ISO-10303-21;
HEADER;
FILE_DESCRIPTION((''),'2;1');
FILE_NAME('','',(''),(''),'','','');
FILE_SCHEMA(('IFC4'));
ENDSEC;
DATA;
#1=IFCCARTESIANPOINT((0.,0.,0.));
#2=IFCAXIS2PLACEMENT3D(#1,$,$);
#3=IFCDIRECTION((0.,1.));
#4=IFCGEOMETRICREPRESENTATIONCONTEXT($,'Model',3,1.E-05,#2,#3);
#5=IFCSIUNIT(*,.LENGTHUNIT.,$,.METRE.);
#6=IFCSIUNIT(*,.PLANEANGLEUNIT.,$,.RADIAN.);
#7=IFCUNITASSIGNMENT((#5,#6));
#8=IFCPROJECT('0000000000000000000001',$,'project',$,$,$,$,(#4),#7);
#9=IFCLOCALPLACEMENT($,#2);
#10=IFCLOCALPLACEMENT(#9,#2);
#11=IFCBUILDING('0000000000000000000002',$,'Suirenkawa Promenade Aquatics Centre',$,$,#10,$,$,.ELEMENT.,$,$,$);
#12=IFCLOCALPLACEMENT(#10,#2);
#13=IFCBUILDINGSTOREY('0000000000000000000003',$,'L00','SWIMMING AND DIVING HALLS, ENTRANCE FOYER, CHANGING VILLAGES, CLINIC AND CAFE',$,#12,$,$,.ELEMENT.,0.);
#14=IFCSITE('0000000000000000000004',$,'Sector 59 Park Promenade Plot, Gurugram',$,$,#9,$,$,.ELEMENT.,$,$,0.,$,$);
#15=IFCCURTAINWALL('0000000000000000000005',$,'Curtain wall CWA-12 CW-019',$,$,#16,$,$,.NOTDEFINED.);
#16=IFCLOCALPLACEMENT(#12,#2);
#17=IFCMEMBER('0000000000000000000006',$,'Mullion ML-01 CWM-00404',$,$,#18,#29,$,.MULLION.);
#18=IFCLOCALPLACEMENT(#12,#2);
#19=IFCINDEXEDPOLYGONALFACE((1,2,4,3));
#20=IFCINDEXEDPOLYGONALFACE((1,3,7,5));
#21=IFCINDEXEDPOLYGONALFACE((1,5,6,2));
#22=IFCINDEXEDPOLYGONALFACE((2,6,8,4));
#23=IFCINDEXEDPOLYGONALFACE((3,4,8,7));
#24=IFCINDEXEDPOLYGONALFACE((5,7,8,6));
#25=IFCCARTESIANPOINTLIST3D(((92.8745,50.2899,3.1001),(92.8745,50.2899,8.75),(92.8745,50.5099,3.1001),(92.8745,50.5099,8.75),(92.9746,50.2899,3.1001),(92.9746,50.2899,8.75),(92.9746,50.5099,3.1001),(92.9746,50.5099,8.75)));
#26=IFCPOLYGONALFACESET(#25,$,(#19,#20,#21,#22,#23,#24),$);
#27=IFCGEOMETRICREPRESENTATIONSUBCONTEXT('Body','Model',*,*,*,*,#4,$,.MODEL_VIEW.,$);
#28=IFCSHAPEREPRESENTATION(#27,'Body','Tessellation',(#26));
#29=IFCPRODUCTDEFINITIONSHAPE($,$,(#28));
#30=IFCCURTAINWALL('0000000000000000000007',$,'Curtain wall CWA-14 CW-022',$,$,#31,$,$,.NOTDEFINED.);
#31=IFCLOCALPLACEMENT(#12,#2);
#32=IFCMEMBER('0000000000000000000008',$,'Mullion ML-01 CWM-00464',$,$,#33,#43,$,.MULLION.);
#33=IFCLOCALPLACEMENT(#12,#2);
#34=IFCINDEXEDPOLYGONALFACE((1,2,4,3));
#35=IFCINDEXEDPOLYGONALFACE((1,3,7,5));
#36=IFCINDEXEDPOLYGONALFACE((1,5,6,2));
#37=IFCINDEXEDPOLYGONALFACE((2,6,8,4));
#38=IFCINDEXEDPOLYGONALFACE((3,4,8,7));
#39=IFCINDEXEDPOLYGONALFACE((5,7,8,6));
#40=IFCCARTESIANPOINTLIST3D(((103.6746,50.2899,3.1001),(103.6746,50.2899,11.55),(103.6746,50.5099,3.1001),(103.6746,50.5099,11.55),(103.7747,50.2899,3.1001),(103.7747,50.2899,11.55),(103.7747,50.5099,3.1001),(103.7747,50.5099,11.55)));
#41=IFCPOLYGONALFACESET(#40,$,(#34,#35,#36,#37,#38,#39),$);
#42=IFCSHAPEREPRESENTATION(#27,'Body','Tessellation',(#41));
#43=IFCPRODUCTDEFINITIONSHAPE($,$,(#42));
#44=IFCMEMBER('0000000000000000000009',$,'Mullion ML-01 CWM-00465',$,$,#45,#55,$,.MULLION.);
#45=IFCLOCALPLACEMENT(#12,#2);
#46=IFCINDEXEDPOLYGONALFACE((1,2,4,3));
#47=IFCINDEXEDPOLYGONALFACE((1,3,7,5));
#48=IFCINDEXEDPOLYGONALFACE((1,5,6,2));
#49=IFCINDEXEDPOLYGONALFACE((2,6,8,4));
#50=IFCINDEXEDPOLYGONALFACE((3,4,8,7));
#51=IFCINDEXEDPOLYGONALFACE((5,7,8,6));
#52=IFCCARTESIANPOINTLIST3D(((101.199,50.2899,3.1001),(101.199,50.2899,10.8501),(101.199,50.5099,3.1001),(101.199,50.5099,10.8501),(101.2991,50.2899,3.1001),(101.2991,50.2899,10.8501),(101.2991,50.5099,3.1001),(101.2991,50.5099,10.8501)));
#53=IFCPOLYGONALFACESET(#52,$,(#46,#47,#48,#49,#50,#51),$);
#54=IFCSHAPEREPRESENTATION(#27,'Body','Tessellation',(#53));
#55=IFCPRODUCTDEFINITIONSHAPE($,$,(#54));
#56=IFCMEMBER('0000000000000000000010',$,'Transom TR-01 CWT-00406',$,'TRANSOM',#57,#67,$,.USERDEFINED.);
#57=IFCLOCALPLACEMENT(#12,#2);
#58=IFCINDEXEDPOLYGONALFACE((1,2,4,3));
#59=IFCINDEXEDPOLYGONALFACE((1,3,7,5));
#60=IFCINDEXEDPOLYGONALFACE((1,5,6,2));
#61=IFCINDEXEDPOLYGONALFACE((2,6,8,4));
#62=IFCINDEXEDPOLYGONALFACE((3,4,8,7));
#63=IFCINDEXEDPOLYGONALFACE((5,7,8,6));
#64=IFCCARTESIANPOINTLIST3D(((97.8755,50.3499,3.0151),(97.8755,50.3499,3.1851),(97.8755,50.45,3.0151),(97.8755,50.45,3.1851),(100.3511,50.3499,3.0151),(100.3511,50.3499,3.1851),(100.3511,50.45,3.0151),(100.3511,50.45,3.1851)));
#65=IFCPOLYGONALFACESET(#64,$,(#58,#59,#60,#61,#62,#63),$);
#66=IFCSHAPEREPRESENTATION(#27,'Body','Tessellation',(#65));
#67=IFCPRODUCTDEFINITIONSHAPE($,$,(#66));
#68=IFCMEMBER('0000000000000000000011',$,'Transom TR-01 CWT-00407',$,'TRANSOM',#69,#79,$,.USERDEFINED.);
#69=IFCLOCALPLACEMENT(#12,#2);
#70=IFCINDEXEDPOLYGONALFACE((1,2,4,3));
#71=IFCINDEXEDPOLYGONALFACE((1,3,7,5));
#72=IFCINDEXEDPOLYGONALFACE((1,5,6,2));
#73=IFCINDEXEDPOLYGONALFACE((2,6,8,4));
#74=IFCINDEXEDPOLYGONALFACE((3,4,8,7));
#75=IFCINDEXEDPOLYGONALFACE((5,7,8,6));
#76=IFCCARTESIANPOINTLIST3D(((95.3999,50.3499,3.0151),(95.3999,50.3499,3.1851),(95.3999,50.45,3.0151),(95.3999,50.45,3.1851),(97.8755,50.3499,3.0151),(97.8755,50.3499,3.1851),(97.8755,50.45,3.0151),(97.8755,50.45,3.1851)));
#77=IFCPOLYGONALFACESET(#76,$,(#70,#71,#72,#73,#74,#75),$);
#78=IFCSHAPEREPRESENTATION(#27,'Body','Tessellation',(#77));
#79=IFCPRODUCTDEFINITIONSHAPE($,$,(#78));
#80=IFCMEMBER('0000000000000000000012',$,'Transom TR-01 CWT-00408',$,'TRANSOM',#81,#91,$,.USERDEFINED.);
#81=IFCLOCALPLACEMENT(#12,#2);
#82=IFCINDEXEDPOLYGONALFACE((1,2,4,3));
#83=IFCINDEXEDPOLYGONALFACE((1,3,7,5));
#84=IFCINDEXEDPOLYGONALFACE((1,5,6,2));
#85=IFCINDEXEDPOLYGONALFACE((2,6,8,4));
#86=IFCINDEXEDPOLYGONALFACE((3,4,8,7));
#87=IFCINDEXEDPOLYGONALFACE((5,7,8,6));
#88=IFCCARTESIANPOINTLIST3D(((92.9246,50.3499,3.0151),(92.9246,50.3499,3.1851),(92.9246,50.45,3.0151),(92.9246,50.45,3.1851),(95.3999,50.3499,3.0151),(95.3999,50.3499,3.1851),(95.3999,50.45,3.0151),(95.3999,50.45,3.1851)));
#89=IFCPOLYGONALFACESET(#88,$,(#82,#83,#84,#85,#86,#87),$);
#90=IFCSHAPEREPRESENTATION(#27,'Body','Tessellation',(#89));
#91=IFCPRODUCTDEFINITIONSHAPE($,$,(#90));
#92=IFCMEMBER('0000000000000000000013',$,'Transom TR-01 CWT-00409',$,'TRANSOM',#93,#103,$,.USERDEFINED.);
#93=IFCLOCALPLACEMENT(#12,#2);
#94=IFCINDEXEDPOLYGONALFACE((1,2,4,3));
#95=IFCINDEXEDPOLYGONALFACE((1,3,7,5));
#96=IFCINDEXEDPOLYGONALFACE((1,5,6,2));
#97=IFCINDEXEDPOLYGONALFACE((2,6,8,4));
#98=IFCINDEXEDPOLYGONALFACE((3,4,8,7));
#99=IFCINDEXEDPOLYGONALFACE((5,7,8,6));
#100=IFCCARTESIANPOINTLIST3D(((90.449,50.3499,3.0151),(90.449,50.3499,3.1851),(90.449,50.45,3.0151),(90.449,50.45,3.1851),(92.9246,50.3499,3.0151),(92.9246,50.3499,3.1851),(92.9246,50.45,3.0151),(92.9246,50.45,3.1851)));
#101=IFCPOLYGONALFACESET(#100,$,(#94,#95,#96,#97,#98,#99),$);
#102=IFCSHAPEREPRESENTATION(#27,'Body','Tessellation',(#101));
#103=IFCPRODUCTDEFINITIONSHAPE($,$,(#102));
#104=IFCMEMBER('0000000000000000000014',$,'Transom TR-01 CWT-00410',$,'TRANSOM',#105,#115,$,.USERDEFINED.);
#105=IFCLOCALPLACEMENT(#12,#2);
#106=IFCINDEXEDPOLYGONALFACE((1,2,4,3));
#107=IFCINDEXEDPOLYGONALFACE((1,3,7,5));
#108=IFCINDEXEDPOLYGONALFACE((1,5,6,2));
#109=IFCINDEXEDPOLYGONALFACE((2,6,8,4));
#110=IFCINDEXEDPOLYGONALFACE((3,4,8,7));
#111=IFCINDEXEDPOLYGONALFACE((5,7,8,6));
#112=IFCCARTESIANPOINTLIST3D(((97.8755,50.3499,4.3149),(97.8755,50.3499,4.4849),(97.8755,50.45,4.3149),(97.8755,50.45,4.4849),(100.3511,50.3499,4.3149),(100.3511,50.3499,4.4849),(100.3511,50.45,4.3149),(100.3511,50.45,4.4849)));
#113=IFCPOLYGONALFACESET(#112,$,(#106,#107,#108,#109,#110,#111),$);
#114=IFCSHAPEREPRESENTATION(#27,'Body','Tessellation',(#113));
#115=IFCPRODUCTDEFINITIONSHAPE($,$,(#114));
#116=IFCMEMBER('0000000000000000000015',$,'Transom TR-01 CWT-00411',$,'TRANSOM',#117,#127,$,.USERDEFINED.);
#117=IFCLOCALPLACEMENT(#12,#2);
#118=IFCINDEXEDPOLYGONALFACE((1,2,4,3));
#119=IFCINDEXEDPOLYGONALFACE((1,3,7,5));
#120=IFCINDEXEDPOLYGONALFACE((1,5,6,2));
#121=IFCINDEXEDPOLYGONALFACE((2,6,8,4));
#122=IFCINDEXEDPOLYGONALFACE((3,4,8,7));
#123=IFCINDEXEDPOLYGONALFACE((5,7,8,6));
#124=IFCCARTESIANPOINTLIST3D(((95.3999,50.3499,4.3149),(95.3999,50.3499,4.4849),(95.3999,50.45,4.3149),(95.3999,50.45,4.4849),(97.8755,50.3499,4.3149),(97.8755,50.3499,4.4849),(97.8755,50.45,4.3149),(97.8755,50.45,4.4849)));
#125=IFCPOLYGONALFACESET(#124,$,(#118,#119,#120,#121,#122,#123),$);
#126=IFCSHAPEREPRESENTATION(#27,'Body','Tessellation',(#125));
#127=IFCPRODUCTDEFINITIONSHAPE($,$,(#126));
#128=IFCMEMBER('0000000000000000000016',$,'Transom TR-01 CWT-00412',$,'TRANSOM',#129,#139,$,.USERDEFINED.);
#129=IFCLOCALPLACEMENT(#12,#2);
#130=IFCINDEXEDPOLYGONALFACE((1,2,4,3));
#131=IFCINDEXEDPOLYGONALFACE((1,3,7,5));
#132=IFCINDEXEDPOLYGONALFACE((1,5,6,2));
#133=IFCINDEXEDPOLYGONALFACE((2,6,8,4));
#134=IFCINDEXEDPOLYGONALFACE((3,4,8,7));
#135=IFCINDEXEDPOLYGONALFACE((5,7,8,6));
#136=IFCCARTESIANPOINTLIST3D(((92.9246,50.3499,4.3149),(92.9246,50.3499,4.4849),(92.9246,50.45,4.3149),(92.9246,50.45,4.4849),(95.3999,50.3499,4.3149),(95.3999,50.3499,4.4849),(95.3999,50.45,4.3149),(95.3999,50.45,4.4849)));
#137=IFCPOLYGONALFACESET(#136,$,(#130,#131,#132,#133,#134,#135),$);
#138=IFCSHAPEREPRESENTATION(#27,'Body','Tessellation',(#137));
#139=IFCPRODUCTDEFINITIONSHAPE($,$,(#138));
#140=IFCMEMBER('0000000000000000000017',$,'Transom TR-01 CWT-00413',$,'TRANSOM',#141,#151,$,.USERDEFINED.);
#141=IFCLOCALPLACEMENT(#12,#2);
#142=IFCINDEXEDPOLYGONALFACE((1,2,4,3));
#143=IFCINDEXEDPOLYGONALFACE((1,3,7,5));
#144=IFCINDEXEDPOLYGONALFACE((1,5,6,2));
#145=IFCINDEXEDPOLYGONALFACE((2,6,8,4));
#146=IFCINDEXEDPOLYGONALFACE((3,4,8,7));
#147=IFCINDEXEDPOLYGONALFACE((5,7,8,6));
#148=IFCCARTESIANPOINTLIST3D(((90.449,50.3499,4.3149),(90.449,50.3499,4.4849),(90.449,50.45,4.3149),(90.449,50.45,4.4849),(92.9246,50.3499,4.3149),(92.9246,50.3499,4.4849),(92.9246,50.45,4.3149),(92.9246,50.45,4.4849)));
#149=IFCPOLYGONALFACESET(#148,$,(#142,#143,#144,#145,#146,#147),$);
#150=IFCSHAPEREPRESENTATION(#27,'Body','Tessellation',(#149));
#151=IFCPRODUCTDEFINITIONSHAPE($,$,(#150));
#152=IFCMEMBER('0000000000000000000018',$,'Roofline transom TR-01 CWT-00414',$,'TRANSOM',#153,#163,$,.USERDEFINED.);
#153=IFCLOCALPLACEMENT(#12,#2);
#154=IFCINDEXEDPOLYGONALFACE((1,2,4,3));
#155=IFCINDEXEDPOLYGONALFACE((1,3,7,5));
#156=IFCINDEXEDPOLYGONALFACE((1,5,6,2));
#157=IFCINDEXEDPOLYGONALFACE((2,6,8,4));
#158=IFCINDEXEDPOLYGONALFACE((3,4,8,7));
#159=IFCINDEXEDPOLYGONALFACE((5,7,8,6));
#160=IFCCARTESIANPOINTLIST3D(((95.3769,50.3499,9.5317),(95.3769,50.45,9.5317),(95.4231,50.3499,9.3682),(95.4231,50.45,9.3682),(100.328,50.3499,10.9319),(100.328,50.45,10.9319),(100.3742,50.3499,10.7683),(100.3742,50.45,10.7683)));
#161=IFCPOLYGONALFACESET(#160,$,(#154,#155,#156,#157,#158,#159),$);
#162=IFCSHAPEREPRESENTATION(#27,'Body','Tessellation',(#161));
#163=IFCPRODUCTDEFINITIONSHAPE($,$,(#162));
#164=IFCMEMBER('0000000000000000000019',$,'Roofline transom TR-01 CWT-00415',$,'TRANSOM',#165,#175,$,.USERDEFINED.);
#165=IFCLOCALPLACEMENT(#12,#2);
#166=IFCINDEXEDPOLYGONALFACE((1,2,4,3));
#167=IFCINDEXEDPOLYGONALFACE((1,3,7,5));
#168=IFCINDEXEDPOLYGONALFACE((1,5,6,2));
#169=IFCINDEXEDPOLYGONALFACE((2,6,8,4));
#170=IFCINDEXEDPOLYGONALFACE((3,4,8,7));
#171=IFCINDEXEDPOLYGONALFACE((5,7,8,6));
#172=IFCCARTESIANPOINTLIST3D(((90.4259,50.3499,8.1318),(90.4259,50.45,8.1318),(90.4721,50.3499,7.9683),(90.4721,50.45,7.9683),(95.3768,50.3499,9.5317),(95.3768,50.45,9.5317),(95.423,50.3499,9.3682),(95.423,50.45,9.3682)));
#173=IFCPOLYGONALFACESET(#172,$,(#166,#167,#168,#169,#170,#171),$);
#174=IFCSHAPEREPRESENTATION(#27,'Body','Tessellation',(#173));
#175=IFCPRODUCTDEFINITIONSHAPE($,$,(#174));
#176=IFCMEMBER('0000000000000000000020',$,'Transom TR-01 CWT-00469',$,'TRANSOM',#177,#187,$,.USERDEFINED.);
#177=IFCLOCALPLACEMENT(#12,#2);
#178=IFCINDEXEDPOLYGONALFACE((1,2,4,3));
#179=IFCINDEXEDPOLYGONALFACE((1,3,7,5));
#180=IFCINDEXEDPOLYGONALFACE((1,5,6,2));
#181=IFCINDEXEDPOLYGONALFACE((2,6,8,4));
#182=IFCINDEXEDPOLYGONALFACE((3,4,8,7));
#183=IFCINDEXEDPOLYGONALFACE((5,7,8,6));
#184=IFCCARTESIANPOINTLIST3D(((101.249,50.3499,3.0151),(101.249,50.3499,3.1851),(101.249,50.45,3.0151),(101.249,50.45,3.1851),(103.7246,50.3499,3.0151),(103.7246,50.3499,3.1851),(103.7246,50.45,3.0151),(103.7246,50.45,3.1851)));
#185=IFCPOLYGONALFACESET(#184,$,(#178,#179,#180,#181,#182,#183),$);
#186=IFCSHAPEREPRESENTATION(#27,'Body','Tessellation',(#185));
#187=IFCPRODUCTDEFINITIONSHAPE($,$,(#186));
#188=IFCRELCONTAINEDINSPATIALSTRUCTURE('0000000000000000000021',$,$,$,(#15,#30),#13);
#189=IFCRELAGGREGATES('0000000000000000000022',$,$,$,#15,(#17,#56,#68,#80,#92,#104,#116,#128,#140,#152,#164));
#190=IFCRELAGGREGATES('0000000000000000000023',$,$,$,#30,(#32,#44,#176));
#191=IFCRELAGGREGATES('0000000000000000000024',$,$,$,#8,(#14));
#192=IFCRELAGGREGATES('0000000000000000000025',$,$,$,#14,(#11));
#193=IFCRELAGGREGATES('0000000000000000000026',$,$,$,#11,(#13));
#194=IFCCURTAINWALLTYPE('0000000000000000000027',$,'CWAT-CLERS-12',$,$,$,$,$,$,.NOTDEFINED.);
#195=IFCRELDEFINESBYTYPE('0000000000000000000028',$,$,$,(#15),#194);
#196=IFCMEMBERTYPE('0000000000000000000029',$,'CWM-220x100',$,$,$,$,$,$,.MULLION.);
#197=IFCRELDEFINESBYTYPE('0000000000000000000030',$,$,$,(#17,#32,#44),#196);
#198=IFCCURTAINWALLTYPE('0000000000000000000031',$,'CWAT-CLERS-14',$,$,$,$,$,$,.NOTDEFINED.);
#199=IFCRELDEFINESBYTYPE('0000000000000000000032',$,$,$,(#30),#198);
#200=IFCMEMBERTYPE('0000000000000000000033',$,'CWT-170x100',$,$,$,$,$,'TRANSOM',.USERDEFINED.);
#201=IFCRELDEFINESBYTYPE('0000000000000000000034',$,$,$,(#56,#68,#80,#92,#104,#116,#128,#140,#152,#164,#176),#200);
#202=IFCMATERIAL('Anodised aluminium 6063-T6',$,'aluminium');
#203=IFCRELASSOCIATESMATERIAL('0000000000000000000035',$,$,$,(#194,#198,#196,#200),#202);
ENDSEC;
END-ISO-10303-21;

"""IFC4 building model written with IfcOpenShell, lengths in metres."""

from ifc_helpers import new_model, si_unit, direction, frame, origin, origin_2d, place, context, subcontext, project, spatial, rectangle, extrude, material, material_profile, profile_set, type_object, element, aggregate, save


model = new_model("IFC4")

# Units and contexts
model_context = context("Model", 3, precision=1e-05, world=origin(), true_north=direction((0.0, 1.0)))
body_context = subcontext(model_context, "Body", "Model", "MODEL_VIEW")
ifc_project = project(units=[si_unit("LENGTHUNIT", "METRE"), si_unit("PLANEANGLEUNIT", "RADIAN")], contexts=[model_context])

# Site, building, storey
site_placement = place(None, origin())
site = spatial("IfcSite", under=ifc_project, at=site_placement, Name="Sector 59 Park Promenade Plot, Gurugram", CompositionType="ELEMENT", RefElevation=0.0)
building_placement = place(site_placement, origin())
building = spatial("IfcBuilding", under=site, at=building_placement, Name="Suirenkawa Promenade Aquatics Centre", CompositionType="ELEMENT")
storey_placement = place(building_placement, origin())
storey = spatial("IfcBuildingStorey", under=building, at=storey_placement, Name="L00", Description="SWIMMING AND DIVING HALLS, ENTRANCE FOYER, CHANGING VILLAGES, CLINIC AND CAFE", CompositionType="ELEMENT", Elevation=0.0)

# Curtain walls, members
ifc_material_1 = material(Name="Anodised aluminium 6063-T6", Category="aluminium")
curtain_wall_type_1 = type_object("IfcCurtainWallType", Name="CWAT-CLERS-12", PredefinedType="NOTDEFINED", material=ifc_material_1)
curtain_wall_1_placement = place(storey_placement, origin())
curtain_wall_1 = element("IfcCurtainWall", 1, at=curtain_wall_1_placement, inside=storey, type_object=curtain_wall_type_1, Name="Curtain wall CWA-12 CW-019", PredefinedType="NOTDEFINED")
ifc_material_profile_1 = material_profile(ifc_material_1, rectangle(XDim=0.1001, YDim=0.22, at=origin_2d()), Name="ALU MULL 100x220", Category="aluminium")
ifc_profile_set_1 = profile_set([ifc_material_profile_1], Name="Anodised aluminium 6063-T6")
member_type_1 = type_object("IfcMemberType", Name="CWM-220x100", PredefinedType="MULLION", material=ifc_profile_set_1)
member_1_placement = place(storey_placement, frame((92.9246, 50.3999, 3.1001), z_axis=(0.0, 0.0, 1.0), x_axis=(-1.0, 0.0, 0.0)))
member_1 = element("IfcMember", 2, at=member_1_placement, type_object=member_type_1, Name="Mullion ML-01 CWM-00404", PredefinedType="MULLION", context=body_context, shape_type="SweptSolid", body=[
    extrude(rectangle(XDim=0.1001, YDim=0.22, at=origin_2d()), origin(), (0.0, 0.0, 1.0), 5.6499),
])
curtain_wall_type_2 = type_object("IfcCurtainWallType", Name="CWAT-CLERS-14", PredefinedType="NOTDEFINED", material=ifc_material_1)
curtain_wall_2_placement = place(storey_placement, origin())
curtain_wall_2 = element("IfcCurtainWall", 3, at=curtain_wall_2_placement, inside=storey, type_object=curtain_wall_type_2, Name="Curtain wall CWA-14 CW-022", PredefinedType="NOTDEFINED")
member_2_placement = place(storey_placement, frame((103.7246, 50.3999, 3.1001), z_axis=(0.0, 0.0, 1.0), x_axis=(-1.0, 0.0, 0.0)))
member_2 = element("IfcMember", 4, at=member_2_placement, type_object=member_type_1, Name="Mullion ML-01 CWM-00464", PredefinedType="MULLION", context=body_context, shape_type="SweptSolid", body=[
    extrude(rectangle(XDim=0.1001, YDim=0.22, at=origin_2d()), origin(), (0.0, 0.0, 1.0), 8.45),
])
member_3_placement = place(storey_placement, frame((101.249, 50.3999, 3.1001), z_axis=(0.0, 0.0, 1.0), x_axis=(-1.0, 0.0, 0.0)))
member_3 = element("IfcMember", 5, at=member_3_placement, type_object=member_type_1, Name="Mullion ML-01 CWM-00465", PredefinedType="MULLION", context=body_context, shape_type="SweptSolid", body=[
    extrude(rectangle(XDim=0.1001, YDim=0.22, at=origin_2d()), origin(), (0.0, 0.0, 1.0), 7.75),
])

# Members
ifc_material_profile_2 = material_profile(ifc_material_1, rectangle(XDim=0.1001, YDim=0.1699, at=origin_2d()), Name="ALU TRAN 100x170", Category="aluminium")
ifc_profile_set_2 = profile_set([ifc_material_profile_2], Name="Anodised aluminium 6063-T6")
member_type_2 = type_object("IfcMemberType", Name="CWT-170x100", ElementType="TRANSOM", PredefinedType="USERDEFINED", material=ifc_profile_set_2)
member_4_placement = place(storey_placement, frame((100.3511, 50.3999, 3.1001), z_axis=(-1.0, 0.0, 0.0), x_axis=(0.0, -1.0, 0.0)))
member_4 = element("IfcMember", 6, at=member_4_placement, type_object=member_type_2, Name="Transom TR-01 CWT-00406", ObjectType="TRANSOM", PredefinedType="USERDEFINED", context=body_context, shape_type="SweptSolid", body=[
    extrude(rectangle(XDim=0.1001, YDim=0.1699, at=origin_2d()), origin(), (0.0, 0.0, 1.0), 2.4756),
])
member_5_placement = place(storey_placement, frame((97.8755, 50.3999, 3.1001), z_axis=(-1.0, 0.0, 0.0), x_axis=(0.0, -1.0, 0.0)))
member_5 = element("IfcMember", 7, at=member_5_placement, type_object=member_type_2, Name="Transom TR-01 CWT-00407", ObjectType="TRANSOM", PredefinedType="USERDEFINED", context=body_context, shape_type="SweptSolid", body=[
    extrude(rectangle(XDim=0.1001, YDim=0.1699, at=origin_2d()), origin(), (0.0, 0.0, 1.0), 2.4756),
])
member_6_placement = place(storey_placement, frame((95.3999, 50.3999, 3.1001), z_axis=(-1.0, 0.0, 0.0), x_axis=(0.0, -1.0, 0.0)))
member_6 = element("IfcMember", 8, at=member_6_placement, type_object=member_type_2, Name="Transom TR-01 CWT-00408", ObjectType="TRANSOM", PredefinedType="USERDEFINED", context=body_context, shape_type="SweptSolid", body=[
    extrude(rectangle(XDim=0.1001, YDim=0.1699, at=origin_2d()), origin(), (0.0, 0.0, 1.0), 2.4753),
])
member_7_placement = place(storey_placement, frame((92.9246, 50.3999, 3.1001), z_axis=(-1.0, 0.0, 0.0), x_axis=(0.0, -1.0, 0.0)))
member_7 = element("IfcMember", 9, at=member_7_placement, type_object=member_type_2, Name="Transom TR-01 CWT-00409", ObjectType="TRANSOM", PredefinedType="USERDEFINED", context=body_context, shape_type="SweptSolid", body=[
    extrude(rectangle(XDim=0.1001, YDim=0.1699, at=origin_2d()), origin(), (0.0, 0.0, 1.0), 2.4756),
])
member_8_placement = place(storey_placement, frame((100.3511, 50.3999, 4.3999), z_axis=(-1.0, 0.0, 0.0), x_axis=(0.0, -1.0, 0.0)))
member_8 = element("IfcMember", 10, at=member_8_placement, type_object=member_type_2, Name="Transom TR-01 CWT-00410", ObjectType="TRANSOM", PredefinedType="USERDEFINED", context=body_context, shape_type="SweptSolid", body=[
    extrude(rectangle(XDim=0.1001, YDim=0.1699, at=origin_2d()), origin(), (0.0, 0.0, 1.0), 2.4756),
])
member_9_placement = place(storey_placement, frame((97.8755, 50.3999, 4.3999), z_axis=(-1.0, 0.0, 0.0), x_axis=(0.0, -1.0, 0.0)))
member_9 = element("IfcMember", 11, at=member_9_placement, type_object=member_type_2, Name="Transom TR-01 CWT-00411", ObjectType="TRANSOM", PredefinedType="USERDEFINED", context=body_context, shape_type="SweptSolid", body=[
    extrude(rectangle(XDim=0.1001, YDim=0.1699, at=origin_2d()), origin(), (0.0, 0.0, 1.0), 2.4756),
])
member_10_placement = place(storey_placement, frame((95.3999, 50.3999, 4.3999), z_axis=(-1.0, 0.0, 0.0), x_axis=(0.0, -1.0, 0.0)))
member_10 = element("IfcMember", 12, at=member_10_placement, type_object=member_type_2, Name="Transom TR-01 CWT-00412", ObjectType="TRANSOM", PredefinedType="USERDEFINED", context=body_context, shape_type="SweptSolid", body=[
    extrude(rectangle(XDim=0.1001, YDim=0.1699, at=origin_2d()), origin(), (0.0, 0.0, 1.0), 2.4753),
])
member_11_placement = place(storey_placement, frame((92.9246, 50.3999, 4.3999), z_axis=(-1.0, 0.0, 0.0), x_axis=(0.0, -1.0, 0.0)))
member_11 = element("IfcMember", 13, at=member_11_placement, type_object=member_type_2, Name="Transom TR-01 CWT-00413", ObjectType="TRANSOM", PredefinedType="USERDEFINED", context=body_context, shape_type="SweptSolid", body=[
    extrude(rectangle(XDim=0.1001, YDim=0.1699, at=origin_2d()), origin(), (0.0, 0.0, 1.0), 2.4756),
])
member_12_placement = place(storey_placement, frame((100.3511, 50.3999, 10.8501), z_axis=(-0.962263, 0.0, -0.272119), x_axis=(0.0, -1.0, 0.0)))
member_12 = element("IfcMember", 14, at=member_12_placement, type_object=member_type_2, Name="Roofline transom TR-01 CWT-00414", ObjectType="TRANSOM", PredefinedType="USERDEFINED", context=body_context, shape_type="SweptSolid", body=[
    extrude(rectangle(XDim=0.1001, YDim=0.1699, at=origin_2d()), origin(), (0.0, 0.0, 1.0), 5.1453),
])
member_13_placement = place(storey_placement, frame((95.3999, 50.3999, 9.45), z_axis=(-0.962272, 0.0, -0.272088), x_axis=(0.0, -1.0, 0.0)))
member_13 = element("IfcMember", 15, at=member_13_placement, type_object=member_type_2, Name="Roofline transom TR-01 CWT-00415", ObjectType="TRANSOM", PredefinedType="USERDEFINED", context=body_context, shape_type="SweptSolid", body=[
    extrude(rectangle(XDim=0.1001, YDim=0.1699, at=origin_2d()), origin(), (0.0, 0.0, 1.0), 5.145),
])
member_14_placement = place(storey_placement, frame((103.7246, 50.3999, 3.1001), z_axis=(-1.0, 0.0, 0.0), x_axis=(0.0, -1.0, 0.0)))
member_14 = element("IfcMember", 16, at=member_14_placement, type_object=member_type_2, Name="Transom TR-01 CWT-00469", ObjectType="TRANSOM", PredefinedType="USERDEFINED", context=body_context, shape_type="SweptSolid", body=[
    extrude(rectangle(XDim=0.1001, YDim=0.1699, at=origin_2d()), origin(), (0.0, 0.0, 1.0), 2.4756),
])

aggregate(curtain_wall_1, [member_1, member_4, member_5, member_6, member_7, member_8, member_9, member_10, member_11, member_12, member_13])
aggregate(curtain_wall_2, [member_2, member_3, member_14])

save(model, "model.ifc")
